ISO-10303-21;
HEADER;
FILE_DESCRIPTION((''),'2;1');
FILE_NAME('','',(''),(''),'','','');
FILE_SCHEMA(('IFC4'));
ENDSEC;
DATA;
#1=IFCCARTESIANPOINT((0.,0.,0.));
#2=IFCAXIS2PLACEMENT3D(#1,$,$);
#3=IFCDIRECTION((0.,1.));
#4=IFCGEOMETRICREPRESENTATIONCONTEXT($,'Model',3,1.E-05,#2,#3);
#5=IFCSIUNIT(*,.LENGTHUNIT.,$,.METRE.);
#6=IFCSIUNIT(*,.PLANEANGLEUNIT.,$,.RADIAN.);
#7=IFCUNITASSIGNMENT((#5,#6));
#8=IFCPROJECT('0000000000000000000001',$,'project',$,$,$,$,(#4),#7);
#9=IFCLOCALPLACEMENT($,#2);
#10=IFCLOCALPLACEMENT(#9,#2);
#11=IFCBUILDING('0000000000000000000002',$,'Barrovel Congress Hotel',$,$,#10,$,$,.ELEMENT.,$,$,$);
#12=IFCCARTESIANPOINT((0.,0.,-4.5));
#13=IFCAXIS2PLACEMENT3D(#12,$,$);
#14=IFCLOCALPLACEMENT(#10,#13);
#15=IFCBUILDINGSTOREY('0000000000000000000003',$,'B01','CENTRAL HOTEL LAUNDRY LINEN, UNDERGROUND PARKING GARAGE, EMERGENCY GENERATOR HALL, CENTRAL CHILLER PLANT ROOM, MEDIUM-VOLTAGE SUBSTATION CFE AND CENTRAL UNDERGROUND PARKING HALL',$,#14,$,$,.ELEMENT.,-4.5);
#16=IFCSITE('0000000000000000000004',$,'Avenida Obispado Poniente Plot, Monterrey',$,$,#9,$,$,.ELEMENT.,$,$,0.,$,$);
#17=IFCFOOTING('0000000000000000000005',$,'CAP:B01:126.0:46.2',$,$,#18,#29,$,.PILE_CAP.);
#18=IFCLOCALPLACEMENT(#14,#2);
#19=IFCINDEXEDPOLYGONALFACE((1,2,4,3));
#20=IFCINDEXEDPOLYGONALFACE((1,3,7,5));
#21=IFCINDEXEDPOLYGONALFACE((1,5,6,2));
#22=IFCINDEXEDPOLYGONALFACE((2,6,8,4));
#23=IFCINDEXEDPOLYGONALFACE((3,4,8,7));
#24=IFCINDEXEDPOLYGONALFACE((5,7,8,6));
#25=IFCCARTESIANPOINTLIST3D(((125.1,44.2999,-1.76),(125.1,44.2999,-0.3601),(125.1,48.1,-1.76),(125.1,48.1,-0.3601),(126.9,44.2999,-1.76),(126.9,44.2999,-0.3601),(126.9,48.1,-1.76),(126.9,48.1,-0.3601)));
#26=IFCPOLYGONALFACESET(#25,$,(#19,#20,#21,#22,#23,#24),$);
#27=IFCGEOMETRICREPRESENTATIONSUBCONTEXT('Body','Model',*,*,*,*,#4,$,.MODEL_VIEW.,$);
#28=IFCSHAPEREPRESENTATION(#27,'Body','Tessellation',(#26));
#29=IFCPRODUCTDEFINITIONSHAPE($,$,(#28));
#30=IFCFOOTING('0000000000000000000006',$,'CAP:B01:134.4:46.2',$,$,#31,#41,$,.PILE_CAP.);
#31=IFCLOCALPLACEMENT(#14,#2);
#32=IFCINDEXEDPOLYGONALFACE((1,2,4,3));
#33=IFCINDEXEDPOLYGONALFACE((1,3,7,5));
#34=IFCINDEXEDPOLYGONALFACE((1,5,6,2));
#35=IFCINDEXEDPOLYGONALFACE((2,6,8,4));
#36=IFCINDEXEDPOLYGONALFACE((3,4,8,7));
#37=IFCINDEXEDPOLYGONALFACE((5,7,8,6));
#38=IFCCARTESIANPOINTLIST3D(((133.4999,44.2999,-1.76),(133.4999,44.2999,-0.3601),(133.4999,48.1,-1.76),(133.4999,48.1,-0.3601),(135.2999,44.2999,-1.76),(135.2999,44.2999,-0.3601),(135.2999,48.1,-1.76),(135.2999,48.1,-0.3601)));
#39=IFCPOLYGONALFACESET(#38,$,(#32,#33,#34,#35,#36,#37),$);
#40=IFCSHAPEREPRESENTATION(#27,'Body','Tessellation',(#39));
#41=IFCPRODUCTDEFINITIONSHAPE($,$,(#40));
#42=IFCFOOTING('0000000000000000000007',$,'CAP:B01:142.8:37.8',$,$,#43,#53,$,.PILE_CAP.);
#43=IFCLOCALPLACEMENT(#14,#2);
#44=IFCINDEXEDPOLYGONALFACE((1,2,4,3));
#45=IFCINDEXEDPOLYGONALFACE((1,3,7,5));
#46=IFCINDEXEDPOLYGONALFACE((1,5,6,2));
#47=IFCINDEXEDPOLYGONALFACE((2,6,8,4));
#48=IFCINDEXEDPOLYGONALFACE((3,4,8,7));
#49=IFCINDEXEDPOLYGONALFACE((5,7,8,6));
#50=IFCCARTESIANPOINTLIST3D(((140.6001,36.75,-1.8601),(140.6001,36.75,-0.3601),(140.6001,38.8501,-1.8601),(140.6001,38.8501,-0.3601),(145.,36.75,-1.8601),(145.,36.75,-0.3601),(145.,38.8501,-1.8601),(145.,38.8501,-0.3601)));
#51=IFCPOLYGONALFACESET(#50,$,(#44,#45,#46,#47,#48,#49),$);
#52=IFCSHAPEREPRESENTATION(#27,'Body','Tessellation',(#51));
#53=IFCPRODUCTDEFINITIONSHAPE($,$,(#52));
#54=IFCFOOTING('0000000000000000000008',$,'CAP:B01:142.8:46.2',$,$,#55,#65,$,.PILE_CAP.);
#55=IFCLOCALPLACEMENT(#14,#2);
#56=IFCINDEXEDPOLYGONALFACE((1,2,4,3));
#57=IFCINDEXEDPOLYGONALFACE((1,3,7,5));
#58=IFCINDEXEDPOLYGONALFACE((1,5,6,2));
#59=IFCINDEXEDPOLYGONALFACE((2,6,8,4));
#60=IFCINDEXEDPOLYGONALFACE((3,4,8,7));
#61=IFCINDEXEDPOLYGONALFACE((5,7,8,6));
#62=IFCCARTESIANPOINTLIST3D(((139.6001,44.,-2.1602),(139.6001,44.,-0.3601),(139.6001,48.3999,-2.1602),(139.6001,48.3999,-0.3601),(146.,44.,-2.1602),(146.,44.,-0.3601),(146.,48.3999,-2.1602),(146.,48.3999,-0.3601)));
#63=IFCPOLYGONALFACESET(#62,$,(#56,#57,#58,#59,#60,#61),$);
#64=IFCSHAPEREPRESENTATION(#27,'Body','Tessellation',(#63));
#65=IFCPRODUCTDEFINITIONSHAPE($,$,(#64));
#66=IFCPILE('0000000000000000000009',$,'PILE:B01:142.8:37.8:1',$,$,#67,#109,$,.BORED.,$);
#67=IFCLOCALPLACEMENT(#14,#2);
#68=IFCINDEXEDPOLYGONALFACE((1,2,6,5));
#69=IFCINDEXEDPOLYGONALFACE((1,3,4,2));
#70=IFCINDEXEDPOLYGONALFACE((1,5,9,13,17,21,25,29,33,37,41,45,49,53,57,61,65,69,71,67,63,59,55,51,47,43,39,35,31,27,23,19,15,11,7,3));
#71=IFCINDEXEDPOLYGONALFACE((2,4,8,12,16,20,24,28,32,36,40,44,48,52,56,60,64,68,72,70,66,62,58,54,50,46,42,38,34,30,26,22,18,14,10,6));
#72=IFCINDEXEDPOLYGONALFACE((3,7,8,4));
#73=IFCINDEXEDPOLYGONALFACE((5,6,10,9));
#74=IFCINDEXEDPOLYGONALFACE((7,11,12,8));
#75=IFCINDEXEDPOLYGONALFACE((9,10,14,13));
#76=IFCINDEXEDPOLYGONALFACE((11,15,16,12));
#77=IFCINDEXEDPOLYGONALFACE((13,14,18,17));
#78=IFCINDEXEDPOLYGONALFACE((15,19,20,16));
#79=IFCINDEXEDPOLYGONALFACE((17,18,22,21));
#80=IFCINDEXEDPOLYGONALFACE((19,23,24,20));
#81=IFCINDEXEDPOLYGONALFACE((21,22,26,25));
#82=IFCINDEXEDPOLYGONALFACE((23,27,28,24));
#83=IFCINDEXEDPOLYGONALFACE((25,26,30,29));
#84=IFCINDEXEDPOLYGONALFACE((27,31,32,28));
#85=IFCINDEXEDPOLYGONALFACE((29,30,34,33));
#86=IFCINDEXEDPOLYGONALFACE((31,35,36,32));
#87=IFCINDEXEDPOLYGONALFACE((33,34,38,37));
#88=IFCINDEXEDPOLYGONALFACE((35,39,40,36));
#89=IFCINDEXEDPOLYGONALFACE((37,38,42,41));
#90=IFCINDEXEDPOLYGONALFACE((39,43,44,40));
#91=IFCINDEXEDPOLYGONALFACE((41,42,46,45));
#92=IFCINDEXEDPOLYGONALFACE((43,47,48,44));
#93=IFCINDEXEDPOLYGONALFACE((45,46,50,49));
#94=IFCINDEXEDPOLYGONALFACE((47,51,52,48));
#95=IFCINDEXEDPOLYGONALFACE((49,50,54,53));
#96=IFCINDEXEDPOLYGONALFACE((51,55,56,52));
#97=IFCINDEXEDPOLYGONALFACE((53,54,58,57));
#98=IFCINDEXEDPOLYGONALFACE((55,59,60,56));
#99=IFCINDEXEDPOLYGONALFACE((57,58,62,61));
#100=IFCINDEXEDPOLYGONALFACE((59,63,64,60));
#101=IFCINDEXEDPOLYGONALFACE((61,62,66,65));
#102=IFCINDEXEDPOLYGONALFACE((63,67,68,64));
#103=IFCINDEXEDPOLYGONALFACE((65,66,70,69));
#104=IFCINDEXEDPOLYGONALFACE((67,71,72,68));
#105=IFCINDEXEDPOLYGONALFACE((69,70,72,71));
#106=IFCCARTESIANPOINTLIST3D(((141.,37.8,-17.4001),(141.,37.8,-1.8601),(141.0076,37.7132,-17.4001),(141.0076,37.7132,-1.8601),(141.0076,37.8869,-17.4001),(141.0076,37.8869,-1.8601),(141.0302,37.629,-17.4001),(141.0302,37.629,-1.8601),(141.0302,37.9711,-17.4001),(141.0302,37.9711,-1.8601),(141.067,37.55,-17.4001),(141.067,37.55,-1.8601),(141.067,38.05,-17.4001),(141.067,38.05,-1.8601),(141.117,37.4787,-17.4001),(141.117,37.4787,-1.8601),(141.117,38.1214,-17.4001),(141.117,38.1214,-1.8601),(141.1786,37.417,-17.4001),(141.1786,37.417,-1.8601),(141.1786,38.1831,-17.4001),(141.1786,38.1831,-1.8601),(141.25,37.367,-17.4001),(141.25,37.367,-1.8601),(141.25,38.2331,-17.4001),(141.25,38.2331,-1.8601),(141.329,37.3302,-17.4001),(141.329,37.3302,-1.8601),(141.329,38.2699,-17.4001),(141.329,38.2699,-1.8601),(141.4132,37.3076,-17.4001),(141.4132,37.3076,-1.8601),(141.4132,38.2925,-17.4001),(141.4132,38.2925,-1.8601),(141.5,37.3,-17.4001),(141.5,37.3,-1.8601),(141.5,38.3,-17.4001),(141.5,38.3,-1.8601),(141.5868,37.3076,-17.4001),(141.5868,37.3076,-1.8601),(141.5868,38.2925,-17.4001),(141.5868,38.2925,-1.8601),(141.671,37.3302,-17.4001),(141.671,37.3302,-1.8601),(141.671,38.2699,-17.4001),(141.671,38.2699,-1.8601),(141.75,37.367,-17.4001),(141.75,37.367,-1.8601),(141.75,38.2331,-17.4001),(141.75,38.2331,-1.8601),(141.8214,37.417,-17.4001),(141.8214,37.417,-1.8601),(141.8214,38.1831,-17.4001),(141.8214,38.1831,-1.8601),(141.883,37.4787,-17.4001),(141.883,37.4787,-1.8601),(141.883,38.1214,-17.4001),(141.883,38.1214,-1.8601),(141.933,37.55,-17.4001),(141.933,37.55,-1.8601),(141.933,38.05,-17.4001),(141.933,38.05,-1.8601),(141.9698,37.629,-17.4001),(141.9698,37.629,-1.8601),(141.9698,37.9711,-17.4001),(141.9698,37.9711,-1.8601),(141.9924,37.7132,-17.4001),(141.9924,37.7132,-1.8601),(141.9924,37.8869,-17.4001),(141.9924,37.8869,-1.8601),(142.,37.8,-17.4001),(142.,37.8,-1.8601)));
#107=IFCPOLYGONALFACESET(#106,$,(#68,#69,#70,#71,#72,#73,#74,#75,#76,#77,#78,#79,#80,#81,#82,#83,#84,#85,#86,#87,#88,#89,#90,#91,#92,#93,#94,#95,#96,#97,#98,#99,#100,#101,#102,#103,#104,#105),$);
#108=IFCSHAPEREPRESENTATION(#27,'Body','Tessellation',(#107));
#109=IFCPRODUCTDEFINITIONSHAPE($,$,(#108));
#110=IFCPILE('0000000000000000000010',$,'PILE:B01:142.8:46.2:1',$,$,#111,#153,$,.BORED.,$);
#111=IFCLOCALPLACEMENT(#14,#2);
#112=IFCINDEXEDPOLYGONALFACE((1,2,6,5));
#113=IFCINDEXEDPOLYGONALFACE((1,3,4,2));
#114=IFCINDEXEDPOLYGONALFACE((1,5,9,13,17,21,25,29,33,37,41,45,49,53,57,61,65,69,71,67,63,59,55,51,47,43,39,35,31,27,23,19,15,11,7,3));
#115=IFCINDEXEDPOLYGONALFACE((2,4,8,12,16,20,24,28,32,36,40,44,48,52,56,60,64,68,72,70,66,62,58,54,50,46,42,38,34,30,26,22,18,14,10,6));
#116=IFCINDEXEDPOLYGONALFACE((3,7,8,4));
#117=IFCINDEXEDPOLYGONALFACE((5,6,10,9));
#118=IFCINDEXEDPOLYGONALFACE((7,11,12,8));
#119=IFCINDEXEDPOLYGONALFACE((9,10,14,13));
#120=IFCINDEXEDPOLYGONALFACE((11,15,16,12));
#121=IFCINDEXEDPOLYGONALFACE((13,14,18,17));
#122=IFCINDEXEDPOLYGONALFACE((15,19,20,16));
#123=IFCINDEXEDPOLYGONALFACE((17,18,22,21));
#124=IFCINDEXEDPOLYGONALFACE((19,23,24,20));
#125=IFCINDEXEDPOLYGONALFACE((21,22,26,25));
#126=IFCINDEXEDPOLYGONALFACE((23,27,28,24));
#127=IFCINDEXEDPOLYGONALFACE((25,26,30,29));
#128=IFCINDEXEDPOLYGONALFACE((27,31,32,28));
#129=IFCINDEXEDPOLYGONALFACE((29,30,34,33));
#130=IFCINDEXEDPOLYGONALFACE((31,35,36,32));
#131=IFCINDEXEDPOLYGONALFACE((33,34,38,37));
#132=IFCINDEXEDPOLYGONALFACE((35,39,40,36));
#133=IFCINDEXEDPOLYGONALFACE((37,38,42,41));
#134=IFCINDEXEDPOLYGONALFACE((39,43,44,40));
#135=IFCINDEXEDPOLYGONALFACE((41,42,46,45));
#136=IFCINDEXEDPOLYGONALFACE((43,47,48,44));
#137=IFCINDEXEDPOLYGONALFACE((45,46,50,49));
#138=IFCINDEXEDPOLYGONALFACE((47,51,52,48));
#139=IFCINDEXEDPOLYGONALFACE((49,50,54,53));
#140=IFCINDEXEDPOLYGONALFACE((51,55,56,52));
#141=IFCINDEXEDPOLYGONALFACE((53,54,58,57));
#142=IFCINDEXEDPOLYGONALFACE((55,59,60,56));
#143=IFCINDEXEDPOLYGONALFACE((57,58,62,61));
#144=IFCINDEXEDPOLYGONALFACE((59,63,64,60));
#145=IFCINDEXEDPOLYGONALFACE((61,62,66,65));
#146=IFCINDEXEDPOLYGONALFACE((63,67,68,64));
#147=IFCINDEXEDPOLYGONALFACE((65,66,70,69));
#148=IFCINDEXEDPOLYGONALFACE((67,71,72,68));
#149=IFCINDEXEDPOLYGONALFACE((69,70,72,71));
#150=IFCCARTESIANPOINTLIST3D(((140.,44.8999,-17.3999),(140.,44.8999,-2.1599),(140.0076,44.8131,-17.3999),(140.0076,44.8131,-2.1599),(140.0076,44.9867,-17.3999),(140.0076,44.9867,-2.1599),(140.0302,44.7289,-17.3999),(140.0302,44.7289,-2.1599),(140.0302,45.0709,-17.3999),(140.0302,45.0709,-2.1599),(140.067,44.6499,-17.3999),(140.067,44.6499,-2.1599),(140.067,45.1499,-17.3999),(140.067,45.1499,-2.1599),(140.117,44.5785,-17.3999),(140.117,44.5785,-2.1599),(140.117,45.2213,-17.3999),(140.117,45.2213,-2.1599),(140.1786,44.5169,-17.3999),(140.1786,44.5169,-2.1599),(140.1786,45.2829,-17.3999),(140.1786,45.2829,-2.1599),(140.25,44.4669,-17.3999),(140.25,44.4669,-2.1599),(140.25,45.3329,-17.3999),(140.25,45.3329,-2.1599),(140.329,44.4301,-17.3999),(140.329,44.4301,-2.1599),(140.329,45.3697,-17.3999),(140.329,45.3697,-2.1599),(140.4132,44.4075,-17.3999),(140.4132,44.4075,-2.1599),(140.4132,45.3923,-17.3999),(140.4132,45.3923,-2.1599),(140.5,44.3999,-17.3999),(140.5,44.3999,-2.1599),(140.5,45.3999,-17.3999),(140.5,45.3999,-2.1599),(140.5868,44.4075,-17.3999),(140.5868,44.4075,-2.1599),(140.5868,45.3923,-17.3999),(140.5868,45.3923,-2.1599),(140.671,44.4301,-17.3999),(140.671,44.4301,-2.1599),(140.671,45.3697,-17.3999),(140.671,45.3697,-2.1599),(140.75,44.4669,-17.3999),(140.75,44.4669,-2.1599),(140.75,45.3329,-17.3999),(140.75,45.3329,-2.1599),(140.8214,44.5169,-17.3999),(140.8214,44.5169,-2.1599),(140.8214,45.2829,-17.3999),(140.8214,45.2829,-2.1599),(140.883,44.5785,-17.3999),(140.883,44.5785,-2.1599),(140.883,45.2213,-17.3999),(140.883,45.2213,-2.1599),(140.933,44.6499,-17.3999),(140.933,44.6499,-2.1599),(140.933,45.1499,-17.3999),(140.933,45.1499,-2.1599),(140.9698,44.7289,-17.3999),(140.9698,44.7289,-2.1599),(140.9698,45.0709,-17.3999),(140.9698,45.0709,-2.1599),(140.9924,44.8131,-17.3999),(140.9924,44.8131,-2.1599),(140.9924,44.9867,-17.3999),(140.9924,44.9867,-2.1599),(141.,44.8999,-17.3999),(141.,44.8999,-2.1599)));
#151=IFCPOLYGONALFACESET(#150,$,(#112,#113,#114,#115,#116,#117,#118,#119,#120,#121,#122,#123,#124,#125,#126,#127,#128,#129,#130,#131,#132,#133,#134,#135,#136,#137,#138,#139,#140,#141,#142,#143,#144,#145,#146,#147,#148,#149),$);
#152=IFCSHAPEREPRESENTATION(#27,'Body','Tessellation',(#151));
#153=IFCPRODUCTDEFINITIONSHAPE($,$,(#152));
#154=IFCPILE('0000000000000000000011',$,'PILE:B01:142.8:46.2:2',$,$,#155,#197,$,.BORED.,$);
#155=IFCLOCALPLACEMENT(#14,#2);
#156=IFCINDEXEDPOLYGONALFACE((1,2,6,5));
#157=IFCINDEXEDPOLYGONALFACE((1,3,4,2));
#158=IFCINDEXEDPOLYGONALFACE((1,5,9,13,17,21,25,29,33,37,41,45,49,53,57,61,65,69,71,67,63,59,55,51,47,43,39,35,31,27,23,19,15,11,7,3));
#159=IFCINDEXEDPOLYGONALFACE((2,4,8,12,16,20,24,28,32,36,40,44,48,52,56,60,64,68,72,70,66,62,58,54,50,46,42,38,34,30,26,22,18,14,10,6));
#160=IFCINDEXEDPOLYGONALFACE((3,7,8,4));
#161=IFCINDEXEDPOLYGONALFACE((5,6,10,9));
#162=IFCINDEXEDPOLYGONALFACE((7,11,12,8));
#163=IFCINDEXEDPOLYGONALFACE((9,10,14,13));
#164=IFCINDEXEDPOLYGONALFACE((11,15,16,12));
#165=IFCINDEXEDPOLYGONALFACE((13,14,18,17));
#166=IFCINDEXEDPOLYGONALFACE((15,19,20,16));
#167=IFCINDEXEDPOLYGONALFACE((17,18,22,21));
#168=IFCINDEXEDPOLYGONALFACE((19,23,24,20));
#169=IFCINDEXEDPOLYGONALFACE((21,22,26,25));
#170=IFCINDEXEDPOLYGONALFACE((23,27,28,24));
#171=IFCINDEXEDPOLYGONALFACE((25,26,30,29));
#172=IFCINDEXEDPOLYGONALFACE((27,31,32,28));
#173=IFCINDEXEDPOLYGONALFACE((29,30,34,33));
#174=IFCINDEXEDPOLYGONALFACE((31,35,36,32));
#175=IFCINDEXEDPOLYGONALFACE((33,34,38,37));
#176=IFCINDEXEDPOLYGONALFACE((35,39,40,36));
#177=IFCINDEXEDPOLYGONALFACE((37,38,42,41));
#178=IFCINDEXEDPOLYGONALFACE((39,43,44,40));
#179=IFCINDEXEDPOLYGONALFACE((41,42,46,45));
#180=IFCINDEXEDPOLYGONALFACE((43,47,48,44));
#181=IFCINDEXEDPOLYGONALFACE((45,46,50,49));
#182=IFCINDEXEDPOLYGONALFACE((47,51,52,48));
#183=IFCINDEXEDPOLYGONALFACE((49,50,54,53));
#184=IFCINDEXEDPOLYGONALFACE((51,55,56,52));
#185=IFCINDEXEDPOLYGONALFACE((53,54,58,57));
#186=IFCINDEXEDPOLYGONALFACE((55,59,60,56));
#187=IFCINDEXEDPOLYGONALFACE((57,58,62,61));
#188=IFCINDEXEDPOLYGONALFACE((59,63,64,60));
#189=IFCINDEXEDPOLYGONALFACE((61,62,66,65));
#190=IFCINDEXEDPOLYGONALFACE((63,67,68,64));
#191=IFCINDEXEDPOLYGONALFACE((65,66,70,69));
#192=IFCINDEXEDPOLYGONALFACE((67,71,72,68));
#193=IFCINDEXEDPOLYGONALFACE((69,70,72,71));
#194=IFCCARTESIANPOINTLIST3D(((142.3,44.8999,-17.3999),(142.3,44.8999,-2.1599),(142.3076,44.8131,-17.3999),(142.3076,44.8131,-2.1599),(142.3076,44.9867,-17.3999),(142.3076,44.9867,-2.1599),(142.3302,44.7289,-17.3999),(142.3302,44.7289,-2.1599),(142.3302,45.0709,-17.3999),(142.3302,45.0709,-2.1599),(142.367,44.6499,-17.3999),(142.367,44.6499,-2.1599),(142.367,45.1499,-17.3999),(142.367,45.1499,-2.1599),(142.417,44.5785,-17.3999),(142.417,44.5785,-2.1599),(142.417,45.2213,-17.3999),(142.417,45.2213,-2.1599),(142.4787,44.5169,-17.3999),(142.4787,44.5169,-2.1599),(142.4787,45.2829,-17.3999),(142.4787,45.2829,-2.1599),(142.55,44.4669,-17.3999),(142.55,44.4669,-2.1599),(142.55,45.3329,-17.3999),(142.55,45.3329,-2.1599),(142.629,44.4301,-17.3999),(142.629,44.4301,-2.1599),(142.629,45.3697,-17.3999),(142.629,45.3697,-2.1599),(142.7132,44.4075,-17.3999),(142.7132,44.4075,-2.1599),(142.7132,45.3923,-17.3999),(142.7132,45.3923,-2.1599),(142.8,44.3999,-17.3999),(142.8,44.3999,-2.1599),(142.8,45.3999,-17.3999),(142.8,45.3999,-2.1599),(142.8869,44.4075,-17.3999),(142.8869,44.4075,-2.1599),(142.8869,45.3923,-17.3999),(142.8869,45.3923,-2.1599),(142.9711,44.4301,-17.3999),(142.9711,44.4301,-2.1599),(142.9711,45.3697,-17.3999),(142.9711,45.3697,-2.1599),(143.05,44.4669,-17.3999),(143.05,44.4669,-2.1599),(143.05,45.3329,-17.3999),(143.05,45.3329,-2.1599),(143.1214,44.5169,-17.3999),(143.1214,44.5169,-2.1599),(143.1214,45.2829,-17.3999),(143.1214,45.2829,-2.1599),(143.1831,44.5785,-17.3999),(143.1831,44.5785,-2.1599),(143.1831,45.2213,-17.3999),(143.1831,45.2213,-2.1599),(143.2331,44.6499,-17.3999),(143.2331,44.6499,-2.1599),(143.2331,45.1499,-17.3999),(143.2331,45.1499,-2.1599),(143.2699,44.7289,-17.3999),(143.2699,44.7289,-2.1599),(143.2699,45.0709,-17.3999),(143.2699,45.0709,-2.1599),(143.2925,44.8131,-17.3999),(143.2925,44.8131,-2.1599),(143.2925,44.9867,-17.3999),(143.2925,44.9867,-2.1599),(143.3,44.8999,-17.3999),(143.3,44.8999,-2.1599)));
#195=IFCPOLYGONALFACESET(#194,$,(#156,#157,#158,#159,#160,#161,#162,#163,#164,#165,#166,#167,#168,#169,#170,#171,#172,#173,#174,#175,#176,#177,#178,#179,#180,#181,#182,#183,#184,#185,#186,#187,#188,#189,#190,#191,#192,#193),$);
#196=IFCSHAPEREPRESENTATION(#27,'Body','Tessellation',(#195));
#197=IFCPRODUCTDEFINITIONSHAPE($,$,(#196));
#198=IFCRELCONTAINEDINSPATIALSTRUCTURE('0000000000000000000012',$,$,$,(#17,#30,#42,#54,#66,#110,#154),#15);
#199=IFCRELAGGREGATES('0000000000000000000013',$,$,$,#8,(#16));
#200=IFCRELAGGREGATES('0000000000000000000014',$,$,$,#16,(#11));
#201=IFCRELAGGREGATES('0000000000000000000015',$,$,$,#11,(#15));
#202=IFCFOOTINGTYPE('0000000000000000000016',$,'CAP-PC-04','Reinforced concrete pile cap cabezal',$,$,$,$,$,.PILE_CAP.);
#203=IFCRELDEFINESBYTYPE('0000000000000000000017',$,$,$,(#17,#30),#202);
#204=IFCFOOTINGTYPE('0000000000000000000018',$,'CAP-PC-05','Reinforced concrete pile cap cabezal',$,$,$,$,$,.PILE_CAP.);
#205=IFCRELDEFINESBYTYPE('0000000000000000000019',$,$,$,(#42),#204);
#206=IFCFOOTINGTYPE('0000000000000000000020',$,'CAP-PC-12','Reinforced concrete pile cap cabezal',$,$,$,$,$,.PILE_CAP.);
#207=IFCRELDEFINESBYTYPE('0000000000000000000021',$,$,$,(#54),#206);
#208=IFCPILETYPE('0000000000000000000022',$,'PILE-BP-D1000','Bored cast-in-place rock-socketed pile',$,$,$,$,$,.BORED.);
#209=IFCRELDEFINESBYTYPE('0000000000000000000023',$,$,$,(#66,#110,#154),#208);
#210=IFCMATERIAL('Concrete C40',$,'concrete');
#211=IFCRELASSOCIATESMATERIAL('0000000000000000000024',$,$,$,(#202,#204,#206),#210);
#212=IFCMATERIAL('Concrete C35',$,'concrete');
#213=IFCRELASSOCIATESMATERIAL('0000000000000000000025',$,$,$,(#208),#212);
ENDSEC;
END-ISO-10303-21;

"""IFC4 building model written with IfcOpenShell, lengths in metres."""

from ifc_helpers import new_model, si_unit, direction, frame, origin, origin_2d, place, context, subcontext, project, spatial, rectangle, circle, extrude, material, material_profile, profile_set, type_object, element, save


model = new_model("IFC4")

# Units and contexts
model_context = context("Model", 3, precision=1e-05, world=origin(), true_north=direction((0.0, 1.0)))
body_context = subcontext(model_context, "Body", "Model", "MODEL_VIEW")
ifc_project = project(units=[si_unit("LENGTHUNIT", "METRE"), si_unit("PLANEANGLEUNIT", "RADIAN")], contexts=[model_context])

# Site, building, storey
site_placement = place(None, origin())
site = spatial("IfcSite", under=ifc_project, at=site_placement, Name="Avenida Obispado Poniente Plot, Monterrey", CompositionType="ELEMENT", RefElevation=0.0)
building_placement = place(site_placement, origin())
building = spatial("IfcBuilding", under=site, at=building_placement, Name="Barrovel Congress Hotel", CompositionType="ELEMENT")
storey_placement = place(building_placement, frame((0.0, 0.0, -4.5)))
storey = spatial("IfcBuildingStorey", under=building, at=storey_placement, Name="B01", Description="CENTRAL HOTEL LAUNDRY LINEN, UNDERGROUND PARKING GARAGE, EMERGENCY GENERATOR HALL, CENTRAL CHILLER PLANT ROOM, MEDIUM-VOLTAGE SUBSTATION CFE AND CENTRAL UNDERGROUND PARKING HALL", CompositionType="ELEMENT", Elevation=-4.5)

# Footings
ifc_material_1 = material(Name="Concrete C40", Category="concrete")
footing_type_1 = type_object("IfcFootingType", Name="CAP-PC-04", Description="Reinforced concrete pile cap cabezal", PredefinedType="PILE_CAP", material=ifc_material_1)
for number, where, z_axis, x_axis, name in (
    (1, (126.0, 46.2, -1.76), (0.0, 0.0, 1.0), (1.0, 0.0, 0.0), "CAP:B01:126.0:46.2"),
    (2, (134.3999, 46.2, -1.76), (0.0, 0.0, 1.0), (1.0, 0.0, 0.0), "CAP:B01:134.4:46.2"),
):
    element("IfcFooting", number, at=place(storey_placement, frame(where, z_axis=z_axis, x_axis=x_axis)), inside=storey, type_object=footing_type_1, Name=name, PredefinedType="PILE_CAP", context=body_context, shape_type="SweptSolid", body=[
        extrude(rectangle(XDim=1.8, YDim=3.8, at=origin_2d()), origin(), (0.0, 0.0, 1.0), 1.3999),
    ])
footing_type_2 = type_object("IfcFootingType", Name="CAP-PC-05", Description="Reinforced concrete pile cap cabezal", PredefinedType="PILE_CAP", material=ifc_material_1)
footing_1_placement = place(storey_placement, frame((142.8, 37.8, -1.8601), z_axis=(0.0, 0.0, 1.0), x_axis=(1.0, 0.0, 0.0)))
element("IfcFooting", 3, at=footing_1_placement, inside=storey, type_object=footing_type_2, Name="CAP:B01:142.8:37.8", PredefinedType="PILE_CAP", context=body_context, shape_type="SweptSolid", body=[
    extrude(rectangle(XDim=4.3999, YDim=2.1001, at=origin_2d()), origin(), (0.0, 0.0, 1.0), 1.5),
])
footing_type_3 = type_object("IfcFootingType", Name="CAP-PC-12", Description="Reinforced concrete pile cap cabezal", PredefinedType="PILE_CAP", material=ifc_material_1)
footing_2_placement = place(storey_placement, frame((142.8, 46.2, -2.1602), z_axis=(0.0, 0.0, 1.0), x_axis=(1.0, 0.0, 0.0)))
element("IfcFooting", 4, at=footing_2_placement, inside=storey, type_object=footing_type_3, Name="CAP:B01:142.8:46.2", PredefinedType="PILE_CAP", context=body_context, shape_type="SweptSolid", body=[
    extrude(rectangle(XDim=6.3999, YDim=4.3999, at=origin_2d()), origin(), (0.0, 0.0, 1.0), 1.8),
])

# Piles
ifc_material_2 = material(Name="Concrete C35", Category="concrete")
ifc_material_profile_1 = material_profile(ifc_material_2, circle(Radius=0.5, at=origin_2d()), Name="BP-D1000")
ifc_profile_set_1 = profile_set([ifc_material_profile_1], Name="Concrete C35")
pile_type_1 = type_object("IfcPileType", Name="PILE-BP-D1000", Description="Bored cast-in-place rock-socketed pile", PredefinedType="BORED", material=ifc_profile_set_1)
pile_placement = place(storey_placement, frame((141.5, 37.8, -1.8601), z_axis=(0.0, 0.0, -1.0), x_axis=(1.0, 0.0, 0.0)))
element("IfcPile", 5, at=pile_placement, inside=storey, type_object=pile_type_1, Name="PILE:B01:142.8:37.8:1", PredefinedType="BORED", context=body_context, shape_type="SweptSolid", body=[
    extrude(circle(Radius=0.5, at=origin_2d()), origin(), (0.0, 0.0, 1.0), 15.54),
])
for number, where, z_axis, x_axis, name in (
    (6, (140.5, 44.8999, -2.1599), (0.0, 0.0, -1.0), (1.0, 0.0, 0.0), "PILE:B01:142.8:46.2:1"),
    (7, (142.8, 44.8999, -2.1599), (0.0, 0.0, -1.0), (1.0, 0.0, 0.0), "PILE:B01:142.8:46.2:2"),
):
    element("IfcPile", number, at=place(storey_placement, frame(where, z_axis=z_axis, x_axis=x_axis)), inside=storey, type_object=pile_type_1, Name=name, PredefinedType="BORED", context=body_context, shape_type="SweptSolid", body=[
        extrude(circle(Radius=0.5, at=origin_2d()), origin(), (0.0, 0.0, 1.0), 15.24),
    ])

save(model, "model.ifc")
